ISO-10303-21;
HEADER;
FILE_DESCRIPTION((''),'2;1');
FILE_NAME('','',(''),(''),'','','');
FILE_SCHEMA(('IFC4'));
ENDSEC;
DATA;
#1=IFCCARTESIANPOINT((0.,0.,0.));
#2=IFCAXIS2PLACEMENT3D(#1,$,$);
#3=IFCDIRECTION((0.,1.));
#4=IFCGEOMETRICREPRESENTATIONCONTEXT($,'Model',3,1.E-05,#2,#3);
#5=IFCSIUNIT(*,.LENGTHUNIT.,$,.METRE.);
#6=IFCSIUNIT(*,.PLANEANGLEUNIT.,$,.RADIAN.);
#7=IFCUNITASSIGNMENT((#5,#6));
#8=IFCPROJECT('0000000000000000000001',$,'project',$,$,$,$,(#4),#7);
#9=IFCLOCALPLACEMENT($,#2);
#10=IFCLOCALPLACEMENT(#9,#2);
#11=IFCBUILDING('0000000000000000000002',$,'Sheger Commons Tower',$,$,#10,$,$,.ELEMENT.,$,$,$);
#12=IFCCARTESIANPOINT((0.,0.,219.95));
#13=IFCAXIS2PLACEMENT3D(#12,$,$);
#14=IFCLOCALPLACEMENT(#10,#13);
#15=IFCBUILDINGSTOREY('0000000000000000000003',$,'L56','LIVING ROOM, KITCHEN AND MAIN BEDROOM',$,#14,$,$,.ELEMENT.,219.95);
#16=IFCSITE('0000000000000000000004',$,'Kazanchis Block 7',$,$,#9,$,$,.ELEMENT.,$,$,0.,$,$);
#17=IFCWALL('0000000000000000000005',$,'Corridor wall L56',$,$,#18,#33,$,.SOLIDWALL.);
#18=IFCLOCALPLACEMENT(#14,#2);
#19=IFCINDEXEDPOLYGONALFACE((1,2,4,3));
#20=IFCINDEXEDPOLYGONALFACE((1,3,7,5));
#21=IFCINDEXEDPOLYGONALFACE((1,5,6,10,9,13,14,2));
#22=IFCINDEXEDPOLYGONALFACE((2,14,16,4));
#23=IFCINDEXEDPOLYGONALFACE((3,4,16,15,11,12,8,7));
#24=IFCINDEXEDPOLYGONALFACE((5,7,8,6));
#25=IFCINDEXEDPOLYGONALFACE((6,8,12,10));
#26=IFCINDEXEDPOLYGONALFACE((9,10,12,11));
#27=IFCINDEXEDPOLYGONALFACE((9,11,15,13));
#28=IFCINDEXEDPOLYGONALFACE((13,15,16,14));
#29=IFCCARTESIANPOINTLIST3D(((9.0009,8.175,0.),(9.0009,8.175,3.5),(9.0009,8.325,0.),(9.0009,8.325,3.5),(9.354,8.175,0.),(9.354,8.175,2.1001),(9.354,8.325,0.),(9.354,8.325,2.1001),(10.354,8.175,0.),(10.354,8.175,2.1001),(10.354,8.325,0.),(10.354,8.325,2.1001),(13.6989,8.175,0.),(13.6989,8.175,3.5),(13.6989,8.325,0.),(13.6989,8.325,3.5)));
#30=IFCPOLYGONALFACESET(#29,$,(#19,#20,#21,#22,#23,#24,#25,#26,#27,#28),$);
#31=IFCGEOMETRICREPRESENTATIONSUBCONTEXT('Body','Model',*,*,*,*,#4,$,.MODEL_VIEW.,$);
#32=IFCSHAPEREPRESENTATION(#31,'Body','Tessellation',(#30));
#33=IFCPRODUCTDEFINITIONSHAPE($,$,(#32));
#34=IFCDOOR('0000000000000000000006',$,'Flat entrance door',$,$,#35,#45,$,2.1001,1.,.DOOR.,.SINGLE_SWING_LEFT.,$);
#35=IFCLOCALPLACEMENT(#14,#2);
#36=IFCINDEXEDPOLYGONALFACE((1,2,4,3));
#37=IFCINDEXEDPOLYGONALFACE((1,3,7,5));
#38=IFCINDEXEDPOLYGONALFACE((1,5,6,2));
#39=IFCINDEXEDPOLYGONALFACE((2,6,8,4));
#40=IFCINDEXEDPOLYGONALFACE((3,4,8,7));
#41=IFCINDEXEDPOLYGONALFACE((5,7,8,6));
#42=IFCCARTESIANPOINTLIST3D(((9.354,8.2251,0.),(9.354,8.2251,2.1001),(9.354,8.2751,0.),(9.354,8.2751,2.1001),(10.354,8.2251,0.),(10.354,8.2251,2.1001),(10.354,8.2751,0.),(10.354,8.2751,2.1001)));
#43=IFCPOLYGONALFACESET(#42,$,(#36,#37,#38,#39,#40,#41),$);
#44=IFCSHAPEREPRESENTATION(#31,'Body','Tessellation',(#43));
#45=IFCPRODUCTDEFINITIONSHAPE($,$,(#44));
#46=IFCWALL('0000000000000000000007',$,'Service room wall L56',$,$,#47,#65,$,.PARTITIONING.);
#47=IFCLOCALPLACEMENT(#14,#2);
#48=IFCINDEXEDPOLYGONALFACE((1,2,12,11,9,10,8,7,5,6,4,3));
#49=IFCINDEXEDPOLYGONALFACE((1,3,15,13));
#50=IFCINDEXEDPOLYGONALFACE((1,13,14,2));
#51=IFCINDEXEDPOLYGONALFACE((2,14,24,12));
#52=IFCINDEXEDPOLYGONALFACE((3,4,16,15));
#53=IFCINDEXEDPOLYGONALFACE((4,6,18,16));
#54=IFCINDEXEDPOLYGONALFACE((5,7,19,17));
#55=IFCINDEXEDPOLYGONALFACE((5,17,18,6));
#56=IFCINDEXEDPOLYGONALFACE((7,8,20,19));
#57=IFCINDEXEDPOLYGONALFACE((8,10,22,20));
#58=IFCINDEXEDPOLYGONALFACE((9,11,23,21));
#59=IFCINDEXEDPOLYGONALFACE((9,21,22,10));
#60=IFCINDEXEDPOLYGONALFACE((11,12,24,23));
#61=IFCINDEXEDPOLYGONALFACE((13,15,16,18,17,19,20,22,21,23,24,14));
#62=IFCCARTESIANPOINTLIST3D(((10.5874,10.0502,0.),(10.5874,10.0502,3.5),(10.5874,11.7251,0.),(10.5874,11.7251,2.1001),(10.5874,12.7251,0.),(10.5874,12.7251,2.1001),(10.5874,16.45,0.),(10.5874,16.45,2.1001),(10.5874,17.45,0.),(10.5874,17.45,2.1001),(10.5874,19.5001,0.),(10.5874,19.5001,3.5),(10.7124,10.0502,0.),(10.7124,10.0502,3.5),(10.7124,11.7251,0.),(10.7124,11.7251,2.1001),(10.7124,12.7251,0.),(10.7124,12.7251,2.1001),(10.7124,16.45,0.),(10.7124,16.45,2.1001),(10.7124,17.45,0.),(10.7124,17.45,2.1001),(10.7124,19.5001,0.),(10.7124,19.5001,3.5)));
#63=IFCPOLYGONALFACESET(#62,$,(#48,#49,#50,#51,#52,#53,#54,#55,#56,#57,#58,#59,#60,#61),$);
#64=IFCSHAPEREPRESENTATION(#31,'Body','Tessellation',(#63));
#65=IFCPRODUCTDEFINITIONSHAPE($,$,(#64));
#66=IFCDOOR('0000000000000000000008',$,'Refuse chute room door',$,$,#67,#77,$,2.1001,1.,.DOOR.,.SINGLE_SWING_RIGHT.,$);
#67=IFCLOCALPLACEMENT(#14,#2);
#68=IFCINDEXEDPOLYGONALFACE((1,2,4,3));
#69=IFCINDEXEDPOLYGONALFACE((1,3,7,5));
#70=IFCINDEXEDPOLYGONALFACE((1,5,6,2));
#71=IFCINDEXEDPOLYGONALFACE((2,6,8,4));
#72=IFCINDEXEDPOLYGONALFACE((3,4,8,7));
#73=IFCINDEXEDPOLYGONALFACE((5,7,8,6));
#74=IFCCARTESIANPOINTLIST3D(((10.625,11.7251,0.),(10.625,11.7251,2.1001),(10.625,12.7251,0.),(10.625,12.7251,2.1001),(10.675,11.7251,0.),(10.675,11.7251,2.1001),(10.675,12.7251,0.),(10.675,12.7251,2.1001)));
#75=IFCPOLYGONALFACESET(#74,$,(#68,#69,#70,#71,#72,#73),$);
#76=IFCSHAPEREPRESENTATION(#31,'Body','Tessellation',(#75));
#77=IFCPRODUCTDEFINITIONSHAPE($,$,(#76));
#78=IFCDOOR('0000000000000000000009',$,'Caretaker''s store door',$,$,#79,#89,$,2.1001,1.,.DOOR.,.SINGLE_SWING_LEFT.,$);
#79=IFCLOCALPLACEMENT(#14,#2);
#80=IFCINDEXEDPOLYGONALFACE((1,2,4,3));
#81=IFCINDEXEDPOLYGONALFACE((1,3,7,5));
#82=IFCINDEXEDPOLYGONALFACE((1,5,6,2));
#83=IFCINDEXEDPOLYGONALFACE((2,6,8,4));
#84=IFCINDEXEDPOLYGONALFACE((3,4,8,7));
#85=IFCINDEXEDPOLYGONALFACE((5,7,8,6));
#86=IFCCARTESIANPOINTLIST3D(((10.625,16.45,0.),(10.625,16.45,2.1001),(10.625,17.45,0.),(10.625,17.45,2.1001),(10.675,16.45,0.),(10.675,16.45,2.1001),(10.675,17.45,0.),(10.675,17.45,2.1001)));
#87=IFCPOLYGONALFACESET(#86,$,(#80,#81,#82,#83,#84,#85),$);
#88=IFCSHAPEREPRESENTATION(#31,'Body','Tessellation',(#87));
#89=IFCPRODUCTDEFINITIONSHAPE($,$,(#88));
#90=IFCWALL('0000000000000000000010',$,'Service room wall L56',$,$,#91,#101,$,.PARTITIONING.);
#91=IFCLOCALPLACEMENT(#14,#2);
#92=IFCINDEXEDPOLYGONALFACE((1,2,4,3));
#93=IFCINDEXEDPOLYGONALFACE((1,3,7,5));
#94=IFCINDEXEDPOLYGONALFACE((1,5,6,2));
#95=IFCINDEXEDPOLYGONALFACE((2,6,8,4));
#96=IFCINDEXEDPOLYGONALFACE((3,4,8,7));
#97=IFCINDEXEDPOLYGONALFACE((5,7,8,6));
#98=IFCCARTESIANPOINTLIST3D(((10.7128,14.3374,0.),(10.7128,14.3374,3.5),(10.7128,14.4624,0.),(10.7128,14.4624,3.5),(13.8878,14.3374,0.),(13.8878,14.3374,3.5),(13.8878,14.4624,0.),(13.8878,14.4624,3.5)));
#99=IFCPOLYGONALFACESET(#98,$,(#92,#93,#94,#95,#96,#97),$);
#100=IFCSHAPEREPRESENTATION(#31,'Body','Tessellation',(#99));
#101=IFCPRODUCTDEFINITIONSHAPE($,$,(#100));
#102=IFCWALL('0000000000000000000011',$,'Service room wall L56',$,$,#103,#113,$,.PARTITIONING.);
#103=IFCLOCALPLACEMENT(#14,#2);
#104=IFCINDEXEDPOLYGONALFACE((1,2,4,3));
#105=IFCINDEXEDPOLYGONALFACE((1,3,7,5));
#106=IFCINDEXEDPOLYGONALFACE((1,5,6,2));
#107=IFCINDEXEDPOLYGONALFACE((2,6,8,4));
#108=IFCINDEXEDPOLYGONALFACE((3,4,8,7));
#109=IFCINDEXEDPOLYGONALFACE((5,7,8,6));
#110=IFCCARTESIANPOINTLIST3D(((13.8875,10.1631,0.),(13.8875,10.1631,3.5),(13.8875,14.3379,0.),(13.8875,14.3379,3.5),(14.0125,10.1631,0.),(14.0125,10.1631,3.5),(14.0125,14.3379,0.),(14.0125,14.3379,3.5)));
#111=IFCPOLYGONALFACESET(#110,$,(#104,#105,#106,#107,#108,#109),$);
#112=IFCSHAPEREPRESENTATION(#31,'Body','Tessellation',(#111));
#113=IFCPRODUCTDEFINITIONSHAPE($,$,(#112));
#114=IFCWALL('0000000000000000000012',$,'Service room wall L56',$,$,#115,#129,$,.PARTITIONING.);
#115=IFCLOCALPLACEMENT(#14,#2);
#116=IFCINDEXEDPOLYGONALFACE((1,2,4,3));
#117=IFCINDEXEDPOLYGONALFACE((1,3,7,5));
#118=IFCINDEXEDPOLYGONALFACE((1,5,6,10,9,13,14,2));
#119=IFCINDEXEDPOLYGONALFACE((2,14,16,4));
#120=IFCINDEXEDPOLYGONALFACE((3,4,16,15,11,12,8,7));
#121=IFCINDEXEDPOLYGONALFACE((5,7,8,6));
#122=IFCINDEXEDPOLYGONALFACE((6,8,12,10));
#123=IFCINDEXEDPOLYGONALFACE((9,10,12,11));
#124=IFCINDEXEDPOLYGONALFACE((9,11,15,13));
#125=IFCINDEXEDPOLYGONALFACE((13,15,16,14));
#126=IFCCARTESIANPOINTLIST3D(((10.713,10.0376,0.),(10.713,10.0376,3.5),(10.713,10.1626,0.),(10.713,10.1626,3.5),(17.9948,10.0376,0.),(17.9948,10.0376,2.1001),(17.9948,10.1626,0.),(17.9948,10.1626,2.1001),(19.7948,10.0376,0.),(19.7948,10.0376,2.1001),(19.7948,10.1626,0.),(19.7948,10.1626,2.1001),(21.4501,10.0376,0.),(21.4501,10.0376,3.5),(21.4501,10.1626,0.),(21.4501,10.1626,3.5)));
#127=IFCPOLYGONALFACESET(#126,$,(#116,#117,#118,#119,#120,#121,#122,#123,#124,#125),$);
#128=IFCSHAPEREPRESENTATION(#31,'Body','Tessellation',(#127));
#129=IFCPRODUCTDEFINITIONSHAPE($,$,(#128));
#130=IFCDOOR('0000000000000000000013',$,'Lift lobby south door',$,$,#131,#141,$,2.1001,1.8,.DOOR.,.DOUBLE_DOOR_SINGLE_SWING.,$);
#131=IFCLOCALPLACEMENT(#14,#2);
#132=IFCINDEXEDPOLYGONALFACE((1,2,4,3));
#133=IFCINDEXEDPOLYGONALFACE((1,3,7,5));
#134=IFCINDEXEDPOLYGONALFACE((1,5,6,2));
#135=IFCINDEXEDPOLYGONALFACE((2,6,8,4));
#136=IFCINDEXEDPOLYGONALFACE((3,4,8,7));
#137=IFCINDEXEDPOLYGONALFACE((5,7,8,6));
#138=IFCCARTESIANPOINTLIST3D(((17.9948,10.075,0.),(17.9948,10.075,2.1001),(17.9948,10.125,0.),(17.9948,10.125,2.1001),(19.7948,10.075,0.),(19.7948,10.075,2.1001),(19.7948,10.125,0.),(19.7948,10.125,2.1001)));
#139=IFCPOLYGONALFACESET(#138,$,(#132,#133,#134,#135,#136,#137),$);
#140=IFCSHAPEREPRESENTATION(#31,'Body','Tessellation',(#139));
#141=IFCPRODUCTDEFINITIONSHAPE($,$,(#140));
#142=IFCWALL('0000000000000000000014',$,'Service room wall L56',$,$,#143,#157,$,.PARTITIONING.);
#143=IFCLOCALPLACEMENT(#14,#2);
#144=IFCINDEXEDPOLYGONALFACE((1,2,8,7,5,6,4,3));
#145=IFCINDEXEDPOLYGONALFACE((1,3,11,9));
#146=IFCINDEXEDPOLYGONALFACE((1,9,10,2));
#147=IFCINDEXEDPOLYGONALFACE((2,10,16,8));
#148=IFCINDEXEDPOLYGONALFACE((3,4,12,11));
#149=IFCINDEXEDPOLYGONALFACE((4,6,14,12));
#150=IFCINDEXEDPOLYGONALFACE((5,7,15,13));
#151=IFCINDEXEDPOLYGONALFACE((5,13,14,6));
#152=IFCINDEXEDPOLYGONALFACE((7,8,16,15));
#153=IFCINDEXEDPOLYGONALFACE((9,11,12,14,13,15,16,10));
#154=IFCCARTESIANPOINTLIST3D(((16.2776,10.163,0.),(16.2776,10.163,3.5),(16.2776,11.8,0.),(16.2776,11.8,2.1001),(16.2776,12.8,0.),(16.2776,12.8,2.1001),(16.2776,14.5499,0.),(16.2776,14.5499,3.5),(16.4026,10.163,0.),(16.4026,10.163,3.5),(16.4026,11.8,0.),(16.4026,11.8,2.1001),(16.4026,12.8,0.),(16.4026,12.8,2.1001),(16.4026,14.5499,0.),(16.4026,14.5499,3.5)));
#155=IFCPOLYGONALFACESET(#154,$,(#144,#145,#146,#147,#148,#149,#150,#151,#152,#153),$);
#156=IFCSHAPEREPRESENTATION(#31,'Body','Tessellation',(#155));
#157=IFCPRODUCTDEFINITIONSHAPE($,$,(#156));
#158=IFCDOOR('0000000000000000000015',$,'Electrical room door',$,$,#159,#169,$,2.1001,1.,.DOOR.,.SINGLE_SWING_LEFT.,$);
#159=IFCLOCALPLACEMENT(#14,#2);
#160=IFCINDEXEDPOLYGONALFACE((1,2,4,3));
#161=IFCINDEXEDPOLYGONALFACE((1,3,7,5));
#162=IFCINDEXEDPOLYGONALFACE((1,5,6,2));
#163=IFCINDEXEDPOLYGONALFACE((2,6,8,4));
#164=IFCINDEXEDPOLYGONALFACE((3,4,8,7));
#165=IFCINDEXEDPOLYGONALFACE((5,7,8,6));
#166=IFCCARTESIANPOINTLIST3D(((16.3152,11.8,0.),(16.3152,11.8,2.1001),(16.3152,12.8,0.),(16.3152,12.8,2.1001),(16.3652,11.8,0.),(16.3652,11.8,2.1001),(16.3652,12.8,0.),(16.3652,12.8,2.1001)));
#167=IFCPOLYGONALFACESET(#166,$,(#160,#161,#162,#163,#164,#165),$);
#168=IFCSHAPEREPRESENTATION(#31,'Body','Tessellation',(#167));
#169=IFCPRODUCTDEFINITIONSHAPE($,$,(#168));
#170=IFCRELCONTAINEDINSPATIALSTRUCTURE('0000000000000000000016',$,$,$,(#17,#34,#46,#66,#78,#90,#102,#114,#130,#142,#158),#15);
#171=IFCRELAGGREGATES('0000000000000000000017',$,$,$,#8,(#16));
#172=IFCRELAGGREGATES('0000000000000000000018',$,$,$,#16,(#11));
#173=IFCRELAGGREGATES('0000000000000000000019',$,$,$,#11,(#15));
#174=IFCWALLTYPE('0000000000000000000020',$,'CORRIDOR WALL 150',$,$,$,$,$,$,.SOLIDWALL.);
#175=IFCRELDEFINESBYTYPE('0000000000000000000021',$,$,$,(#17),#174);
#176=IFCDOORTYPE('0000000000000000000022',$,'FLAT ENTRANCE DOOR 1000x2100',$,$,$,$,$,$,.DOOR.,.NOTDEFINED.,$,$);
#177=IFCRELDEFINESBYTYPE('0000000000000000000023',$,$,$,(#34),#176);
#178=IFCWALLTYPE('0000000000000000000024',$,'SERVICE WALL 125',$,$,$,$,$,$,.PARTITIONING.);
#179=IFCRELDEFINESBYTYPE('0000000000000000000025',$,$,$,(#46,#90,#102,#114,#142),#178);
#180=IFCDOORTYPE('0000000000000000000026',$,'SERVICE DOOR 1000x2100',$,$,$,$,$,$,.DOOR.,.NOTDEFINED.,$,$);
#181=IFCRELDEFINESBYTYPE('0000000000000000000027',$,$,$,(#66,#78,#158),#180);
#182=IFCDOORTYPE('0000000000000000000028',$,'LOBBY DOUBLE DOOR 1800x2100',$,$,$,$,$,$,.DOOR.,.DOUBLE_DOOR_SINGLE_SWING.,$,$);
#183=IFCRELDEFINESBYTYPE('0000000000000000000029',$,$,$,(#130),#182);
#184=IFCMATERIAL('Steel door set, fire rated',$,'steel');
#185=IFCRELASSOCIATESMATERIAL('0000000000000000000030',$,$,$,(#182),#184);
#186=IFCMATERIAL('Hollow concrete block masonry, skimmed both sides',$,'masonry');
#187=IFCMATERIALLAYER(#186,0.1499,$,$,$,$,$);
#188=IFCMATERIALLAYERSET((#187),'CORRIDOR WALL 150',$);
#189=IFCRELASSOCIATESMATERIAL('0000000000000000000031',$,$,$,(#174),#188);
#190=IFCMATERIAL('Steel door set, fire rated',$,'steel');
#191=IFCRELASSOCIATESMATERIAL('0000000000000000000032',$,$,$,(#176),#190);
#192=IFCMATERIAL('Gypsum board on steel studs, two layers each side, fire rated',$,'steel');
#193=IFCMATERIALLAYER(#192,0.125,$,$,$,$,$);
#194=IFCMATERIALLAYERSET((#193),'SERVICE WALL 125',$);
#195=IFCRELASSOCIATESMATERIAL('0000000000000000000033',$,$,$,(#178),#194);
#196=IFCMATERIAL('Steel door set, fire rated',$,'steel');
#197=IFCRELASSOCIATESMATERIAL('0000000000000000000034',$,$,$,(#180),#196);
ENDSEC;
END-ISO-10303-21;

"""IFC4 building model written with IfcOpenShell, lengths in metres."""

from ifc_helpers import new_model, si_unit, direction, frame, frame_2d, origin, place, context, subcontext, project, spatial, rectangle, extrude, material, layer, layer_set, type_object, element, fill, save


model = new_model("IFC4")

# Units and contexts
model_context = context("Model", 3, precision=1e-05, world=origin(), true_north=direction((0.0, 1.0)))
body_context = subcontext(model_context, "Body", "Model", "MODEL_VIEW")
ifc_project = project(units=[si_unit("LENGTHUNIT", "METRE"), si_unit("PLANEANGLEUNIT", "RADIAN")], contexts=[model_context])

# Site, building, storey
site_placement = place(None, origin())
site = spatial("IfcSite", under=ifc_project, at=site_placement, Name="Kazanchis Block 7", CompositionType="ELEMENT", RefElevation=0.0)
building_placement = place(site_placement, origin())
building = spatial("IfcBuilding", under=site, at=building_placement, Name="Sheger Commons Tower", CompositionType="ELEMENT")
storey_placement = place(building_placement, frame((0.0, 0.0, 219.95)))
storey = spatial("IfcBuildingStorey", under=building, at=storey_placement, Name="L56", Description="LIVING ROOM, KITCHEN AND MAIN BEDROOM", CompositionType="ELEMENT", Elevation=219.95)

# Shared definitions
ifc_material_1 = material(Name="Steel door set, fire rated", Category="steel")
door_type_1 = type_object("IfcDoorType", Name="LOBBY DOUBLE DOOR 1800x2100", OperationType="DOUBLE_DOOR_SINGLE_SWING", PredefinedType="DOOR", material=ifc_material_1)

# Wall, opening, door
ifc_material_2 = material(Name="Hollow concrete block masonry, skimmed both sides", Category="masonry")
ifc_layer_1 = layer(ifc_material_2, 0.1499)
ifc_layer_set_1 = layer_set([ifc_layer_1], Name="CORRIDOR WALL 150")
wall_type_1 = type_object("IfcWallType", Name="CORRIDOR WALL 150", PredefinedType="SOLIDWALL", material=ifc_layer_set_1)
wall_1_placement = place(storey_placement, frame((13.699, 8.25, 0.0), z_axis=(0.0, 0.0, 1.0), x_axis=(-1.0, 0.0, 0.0)))
wall_1 = element("IfcWall", 1, at=wall_1_placement, inside=storey, type_object=wall_type_1, Name="Corridor wall L56", PredefinedType="SOLIDWALL", context=body_context, shape_type="SweptSolid", body=[
    extrude(rectangle(XDim=4.698, YDim=0.1499, at=frame_2d((2.3491, 0.0))), origin(), (0.0, 0.0, 1.0), 3.5),
])
opening_1_placement = place(wall_1_placement, frame((3.345, 0.0, 0.0)))
opening_1 = element("IfcOpeningElement", 2, at=opening_1_placement, cuts=wall_1, PredefinedType="OPENING", context=body_context, shape_type="SweptSolid", body=[
    extrude(rectangle(XDim=1.0, YDim=2.1001, at=frame_2d((0.5, 1.05))), frame((0.0, 0.085, 0.0), z_axis=(0.0, -1.0, 0.0), x_axis=(1.0, 0.0, 0.0)), (0.0, 0.0, 1.0), 0.1699),
])
ifc_material_3 = material(Name="Steel door set, fire rated", Category="steel")
door_type_2 = type_object("IfcDoorType", Name="FLAT ENTRANCE DOOR 1000x2100", OperationType="NOTDEFINED", PredefinedType="DOOR", material=ifc_material_3)
door_1_placement = place(opening_1_placement, origin())
door_1 = element("IfcDoor", 3, at=door_1_placement, inside=storey, type_object=door_type_2, Name="Flat entrance door", OperationType="SINGLE_SWING_LEFT", OverallHeight=2.1001, OverallWidth=1.0, PredefinedType="DOOR", context=body_context, shape_type="SweptSolid", body=[
    extrude(rectangle(XDim=1.0, YDim=2.1001, at=frame_2d((0.5, 1.05))), frame((0.0, 0.0249, 0.0), z_axis=(0.0, -1.0, 0.0), x_axis=(1.0, 0.0, 0.0)), (0.0, 0.0, 1.0), 0.05),
])
fill(opening_1, door_1)

# Wall, openings, doors
ifc_material_4 = material(Name="Gypsum board on steel studs, two layers each side, fire rated", Category="steel")
ifc_layer_2 = layer(ifc_material_4, 0.125)
ifc_layer_set_2 = layer_set([ifc_layer_2], Name="SERVICE WALL 125")
wall_type_2 = type_object("IfcWallType", Name="SERVICE WALL 125", PredefinedType="PARTITIONING", material=ifc_layer_set_2)
wall_2_placement = place(storey_placement, frame((10.6499, 10.05, 0.0), z_axis=(0.0, 0.0, 1.0), x_axis=(0.0, 1.0, 0.0)))
wall_2 = element("IfcWall", 4, at=wall_2_placement, inside=storey, type_object=wall_type_2, Name="Service room wall L56", PredefinedType="PARTITIONING", context=body_context, shape_type="SweptSolid", body=[
    extrude(rectangle(XDim=9.45, YDim=0.125, at=frame_2d((4.7251, 0.0))), origin(), (0.0, 0.0, 1.0), 3.5),
])
opening_2_placement = place(wall_2_placement, frame((1.675, 0.0, 0.0)))
opening_2 = element("IfcOpeningElement", 5, at=opening_2_placement, cuts=wall_2, PredefinedType="OPENING", context=body_context, shape_type="SweptSolid", body=[
    extrude(rectangle(XDim=1.0, YDim=2.1001, at=frame_2d((0.5, 1.05))), frame((0.0, 0.0725, 0.0), z_axis=(0.0, -1.0, 0.0), x_axis=(1.0, 0.0, 0.0)), (0.0, 0.0, 1.0), 0.145),
])
opening_3_placement = place(wall_2_placement, frame((6.3999, 0.0, 0.0)))
opening_3 = element("IfcOpeningElement", 6, at=opening_3_placement, cuts=wall_2, PredefinedType="OPENING", context=body_context, shape_type="SweptSolid", body=[
    extrude(rectangle(XDim=1.0, YDim=2.1001, at=frame_2d((0.5, 1.05))), frame((0.0, 0.0725, 0.0), z_axis=(0.0, -1.0, 0.0), x_axis=(1.0, 0.0, 0.0)), (0.0, 0.0, 1.0), 0.145),
])
ifc_material_5 = material(Name="Steel door set, fire rated", Category="steel")
door_type_3 = type_object("IfcDoorType", Name="SERVICE DOOR 1000x2100", OperationType="NOTDEFINED", PredefinedType="DOOR", material=ifc_material_5)
door_2_placement = place(opening_2_placement, origin())
door_2 = element("IfcDoor", 7, at=door_2_placement, inside=storey, type_object=door_type_3, Name="Refuse chute room door", OperationType="SINGLE_SWING_RIGHT", OverallHeight=2.1001, OverallWidth=1.0, PredefinedType="DOOR", context=body_context, shape_type="SweptSolid", body=[
    extrude(rectangle(XDim=1.0, YDim=2.1001, at=frame_2d((0.5, 1.05))), frame((0.0, 0.0249, 0.0), z_axis=(0.0, -1.0, 0.0), x_axis=(1.0, 0.0, 0.0)), (0.0, 0.0, 1.0), 0.05),
])
fill(opening_2, door_2)
door_3_placement = place(opening_3_placement, origin())
door_3 = element("IfcDoor", 8, at=door_3_placement, inside=storey, type_object=door_type_3, Name="Caretaker's store door", OperationType="SINGLE_SWING_LEFT", OverallHeight=2.1001, OverallWidth=1.0, PredefinedType="DOOR", context=body_context, shape_type="SweptSolid", body=[
    extrude(rectangle(XDim=1.0, YDim=2.1001, at=frame_2d((0.5, 1.05))), frame((0.0, 0.0249, 0.0), z_axis=(0.0, -1.0, 0.0), x_axis=(1.0, 0.0, 0.0)), (0.0, 0.0, 1.0), 0.05),
])
fill(opening_3, door_3)

# Walls
wall_3_placement = place(storey_placement, frame((10.7129, 14.3999, 0.0), z_axis=(0.0, 0.0, 1.0), x_axis=(1.0, 0.0, 0.0)))
element("IfcWall", 9, at=wall_3_placement, inside=storey, type_object=wall_type_2, Name="Service room wall L56", PredefinedType="PARTITIONING", context=body_context, shape_type="SweptSolid", body=[
    extrude(rectangle(XDim=3.175, YDim=0.125, at=frame_2d((1.5874, 0.0))), origin(), (0.0, 0.0, 1.0), 3.5),
])
wall_4_placement = place(storey_placement, frame((13.95, 10.1631, 0.0), z_axis=(0.0, 0.0, 1.0), x_axis=(0.0, 1.0, 0.0)))
element("IfcWall", 10, at=wall_4_placement, inside=storey, type_object=wall_type_2, Name="Service room wall L56", PredefinedType="PARTITIONING", context=body_context, shape_type="SweptSolid", body=[
    extrude(rectangle(XDim=4.1748, YDim=0.125, at=frame_2d((2.0874, 0.0))), origin(), (0.0, 0.0, 1.0), 3.5),
])

# Walls, openings, doors
wall_5_placement = place(storey_placement, frame((10.7129, 10.1001, 0.0), z_axis=(0.0, 0.0, 1.0), x_axis=(1.0, 0.0, 0.0)))
wall_5 = element("IfcWall", 11, at=wall_5_placement, inside=storey, type_object=wall_type_2, Name="Service room wall L56", PredefinedType="PARTITIONING", context=body_context, shape_type="SweptSolid", body=[
    extrude(rectangle(XDim=10.7371, YDim=0.125, at=frame_2d((5.3687, 0.0))), origin(), (0.0, 0.0, 1.0), 3.5),
])
opening_4_placement = place(wall_5_placement, frame((7.282, 0.0, 0.0)))
opening_4 = element("IfcOpeningElement", 12, at=opening_4_placement, cuts=wall_5, PredefinedType="OPENING", context=body_context, shape_type="SweptSolid", body=[
    extrude(rectangle(XDim=1.8, YDim=2.1001, at=frame_2d((0.8999, 1.05))), frame((0.0, 0.0725, 0.0), z_axis=(0.0, -1.0, 0.0), x_axis=(1.0, 0.0, 0.0)), (0.0, 0.0, 1.0), 0.145),
])
door_4_placement = place(opening_4_placement, origin())
door_4 = element("IfcDoor", 13, at=door_4_placement, inside=storey, type_object=door_type_1, Name="Lift lobby south door", OperationType="DOUBLE_DOOR_SINGLE_SWING", OverallHeight=2.1001, OverallWidth=1.8, PredefinedType="DOOR", context=body_context, shape_type="SweptSolid", body=[
    extrude(rectangle(XDim=1.8, YDim=2.1001, at=frame_2d((0.8999, 1.05))), frame((0.0, 0.0249, 0.0), z_axis=(0.0, -1.0, 0.0), x_axis=(1.0, 0.0, 0.0)), (0.0, 0.0, 1.0), 0.05),
])
fill(opening_4, door_4)
wall_6_placement = place(storey_placement, frame((16.3401, 10.1631, 0.0), z_axis=(0.0, 0.0, 1.0), x_axis=(0.0, 1.0, 0.0)))
wall_6 = element("IfcWall", 14, at=wall_6_placement, inside=storey, type_object=wall_type_2, Name="Service room wall L56", PredefinedType="PARTITIONING", context=body_context, shape_type="SweptSolid", body=[
    extrude(rectangle(XDim=4.387, YDim=0.125, at=frame_2d((2.1934, 0.0))), origin(), (0.0, 0.0, 1.0), 3.5),
])
opening_5_placement = place(wall_6_placement, frame((1.637, 0.0, 0.0)))
opening_5 = element("IfcOpeningElement", 15, at=opening_5_placement, cuts=wall_6, PredefinedType="OPENING", context=body_context, shape_type="SweptSolid", body=[
    extrude(rectangle(XDim=1.0, YDim=2.1001, at=frame_2d((0.5, 1.05))), frame((0.0, 0.0725, 0.0), z_axis=(0.0, -1.0, 0.0), x_axis=(1.0, 0.0, 0.0)), (0.0, 0.0, 1.0), 0.145),
])
door_5_placement = place(opening_5_placement, origin())
door_5 = element("IfcDoor", 16, at=door_5_placement, inside=storey, type_object=door_type_3, Name="Electrical room door", OperationType="SINGLE_SWING_LEFT", OverallHeight=2.1001, OverallWidth=1.0, PredefinedType="DOOR", context=body_context, shape_type="SweptSolid", body=[
    extrude(rectangle(XDim=1.0, YDim=2.1001, at=frame_2d((0.5, 1.05))), frame((0.0, 0.0249, 0.0), z_axis=(0.0, -1.0, 0.0), x_axis=(1.0, 0.0, 0.0)), (0.0, 0.0, 1.0), 0.05),
])
fill(opening_5, door_5)

save(model, "model.ifc")
